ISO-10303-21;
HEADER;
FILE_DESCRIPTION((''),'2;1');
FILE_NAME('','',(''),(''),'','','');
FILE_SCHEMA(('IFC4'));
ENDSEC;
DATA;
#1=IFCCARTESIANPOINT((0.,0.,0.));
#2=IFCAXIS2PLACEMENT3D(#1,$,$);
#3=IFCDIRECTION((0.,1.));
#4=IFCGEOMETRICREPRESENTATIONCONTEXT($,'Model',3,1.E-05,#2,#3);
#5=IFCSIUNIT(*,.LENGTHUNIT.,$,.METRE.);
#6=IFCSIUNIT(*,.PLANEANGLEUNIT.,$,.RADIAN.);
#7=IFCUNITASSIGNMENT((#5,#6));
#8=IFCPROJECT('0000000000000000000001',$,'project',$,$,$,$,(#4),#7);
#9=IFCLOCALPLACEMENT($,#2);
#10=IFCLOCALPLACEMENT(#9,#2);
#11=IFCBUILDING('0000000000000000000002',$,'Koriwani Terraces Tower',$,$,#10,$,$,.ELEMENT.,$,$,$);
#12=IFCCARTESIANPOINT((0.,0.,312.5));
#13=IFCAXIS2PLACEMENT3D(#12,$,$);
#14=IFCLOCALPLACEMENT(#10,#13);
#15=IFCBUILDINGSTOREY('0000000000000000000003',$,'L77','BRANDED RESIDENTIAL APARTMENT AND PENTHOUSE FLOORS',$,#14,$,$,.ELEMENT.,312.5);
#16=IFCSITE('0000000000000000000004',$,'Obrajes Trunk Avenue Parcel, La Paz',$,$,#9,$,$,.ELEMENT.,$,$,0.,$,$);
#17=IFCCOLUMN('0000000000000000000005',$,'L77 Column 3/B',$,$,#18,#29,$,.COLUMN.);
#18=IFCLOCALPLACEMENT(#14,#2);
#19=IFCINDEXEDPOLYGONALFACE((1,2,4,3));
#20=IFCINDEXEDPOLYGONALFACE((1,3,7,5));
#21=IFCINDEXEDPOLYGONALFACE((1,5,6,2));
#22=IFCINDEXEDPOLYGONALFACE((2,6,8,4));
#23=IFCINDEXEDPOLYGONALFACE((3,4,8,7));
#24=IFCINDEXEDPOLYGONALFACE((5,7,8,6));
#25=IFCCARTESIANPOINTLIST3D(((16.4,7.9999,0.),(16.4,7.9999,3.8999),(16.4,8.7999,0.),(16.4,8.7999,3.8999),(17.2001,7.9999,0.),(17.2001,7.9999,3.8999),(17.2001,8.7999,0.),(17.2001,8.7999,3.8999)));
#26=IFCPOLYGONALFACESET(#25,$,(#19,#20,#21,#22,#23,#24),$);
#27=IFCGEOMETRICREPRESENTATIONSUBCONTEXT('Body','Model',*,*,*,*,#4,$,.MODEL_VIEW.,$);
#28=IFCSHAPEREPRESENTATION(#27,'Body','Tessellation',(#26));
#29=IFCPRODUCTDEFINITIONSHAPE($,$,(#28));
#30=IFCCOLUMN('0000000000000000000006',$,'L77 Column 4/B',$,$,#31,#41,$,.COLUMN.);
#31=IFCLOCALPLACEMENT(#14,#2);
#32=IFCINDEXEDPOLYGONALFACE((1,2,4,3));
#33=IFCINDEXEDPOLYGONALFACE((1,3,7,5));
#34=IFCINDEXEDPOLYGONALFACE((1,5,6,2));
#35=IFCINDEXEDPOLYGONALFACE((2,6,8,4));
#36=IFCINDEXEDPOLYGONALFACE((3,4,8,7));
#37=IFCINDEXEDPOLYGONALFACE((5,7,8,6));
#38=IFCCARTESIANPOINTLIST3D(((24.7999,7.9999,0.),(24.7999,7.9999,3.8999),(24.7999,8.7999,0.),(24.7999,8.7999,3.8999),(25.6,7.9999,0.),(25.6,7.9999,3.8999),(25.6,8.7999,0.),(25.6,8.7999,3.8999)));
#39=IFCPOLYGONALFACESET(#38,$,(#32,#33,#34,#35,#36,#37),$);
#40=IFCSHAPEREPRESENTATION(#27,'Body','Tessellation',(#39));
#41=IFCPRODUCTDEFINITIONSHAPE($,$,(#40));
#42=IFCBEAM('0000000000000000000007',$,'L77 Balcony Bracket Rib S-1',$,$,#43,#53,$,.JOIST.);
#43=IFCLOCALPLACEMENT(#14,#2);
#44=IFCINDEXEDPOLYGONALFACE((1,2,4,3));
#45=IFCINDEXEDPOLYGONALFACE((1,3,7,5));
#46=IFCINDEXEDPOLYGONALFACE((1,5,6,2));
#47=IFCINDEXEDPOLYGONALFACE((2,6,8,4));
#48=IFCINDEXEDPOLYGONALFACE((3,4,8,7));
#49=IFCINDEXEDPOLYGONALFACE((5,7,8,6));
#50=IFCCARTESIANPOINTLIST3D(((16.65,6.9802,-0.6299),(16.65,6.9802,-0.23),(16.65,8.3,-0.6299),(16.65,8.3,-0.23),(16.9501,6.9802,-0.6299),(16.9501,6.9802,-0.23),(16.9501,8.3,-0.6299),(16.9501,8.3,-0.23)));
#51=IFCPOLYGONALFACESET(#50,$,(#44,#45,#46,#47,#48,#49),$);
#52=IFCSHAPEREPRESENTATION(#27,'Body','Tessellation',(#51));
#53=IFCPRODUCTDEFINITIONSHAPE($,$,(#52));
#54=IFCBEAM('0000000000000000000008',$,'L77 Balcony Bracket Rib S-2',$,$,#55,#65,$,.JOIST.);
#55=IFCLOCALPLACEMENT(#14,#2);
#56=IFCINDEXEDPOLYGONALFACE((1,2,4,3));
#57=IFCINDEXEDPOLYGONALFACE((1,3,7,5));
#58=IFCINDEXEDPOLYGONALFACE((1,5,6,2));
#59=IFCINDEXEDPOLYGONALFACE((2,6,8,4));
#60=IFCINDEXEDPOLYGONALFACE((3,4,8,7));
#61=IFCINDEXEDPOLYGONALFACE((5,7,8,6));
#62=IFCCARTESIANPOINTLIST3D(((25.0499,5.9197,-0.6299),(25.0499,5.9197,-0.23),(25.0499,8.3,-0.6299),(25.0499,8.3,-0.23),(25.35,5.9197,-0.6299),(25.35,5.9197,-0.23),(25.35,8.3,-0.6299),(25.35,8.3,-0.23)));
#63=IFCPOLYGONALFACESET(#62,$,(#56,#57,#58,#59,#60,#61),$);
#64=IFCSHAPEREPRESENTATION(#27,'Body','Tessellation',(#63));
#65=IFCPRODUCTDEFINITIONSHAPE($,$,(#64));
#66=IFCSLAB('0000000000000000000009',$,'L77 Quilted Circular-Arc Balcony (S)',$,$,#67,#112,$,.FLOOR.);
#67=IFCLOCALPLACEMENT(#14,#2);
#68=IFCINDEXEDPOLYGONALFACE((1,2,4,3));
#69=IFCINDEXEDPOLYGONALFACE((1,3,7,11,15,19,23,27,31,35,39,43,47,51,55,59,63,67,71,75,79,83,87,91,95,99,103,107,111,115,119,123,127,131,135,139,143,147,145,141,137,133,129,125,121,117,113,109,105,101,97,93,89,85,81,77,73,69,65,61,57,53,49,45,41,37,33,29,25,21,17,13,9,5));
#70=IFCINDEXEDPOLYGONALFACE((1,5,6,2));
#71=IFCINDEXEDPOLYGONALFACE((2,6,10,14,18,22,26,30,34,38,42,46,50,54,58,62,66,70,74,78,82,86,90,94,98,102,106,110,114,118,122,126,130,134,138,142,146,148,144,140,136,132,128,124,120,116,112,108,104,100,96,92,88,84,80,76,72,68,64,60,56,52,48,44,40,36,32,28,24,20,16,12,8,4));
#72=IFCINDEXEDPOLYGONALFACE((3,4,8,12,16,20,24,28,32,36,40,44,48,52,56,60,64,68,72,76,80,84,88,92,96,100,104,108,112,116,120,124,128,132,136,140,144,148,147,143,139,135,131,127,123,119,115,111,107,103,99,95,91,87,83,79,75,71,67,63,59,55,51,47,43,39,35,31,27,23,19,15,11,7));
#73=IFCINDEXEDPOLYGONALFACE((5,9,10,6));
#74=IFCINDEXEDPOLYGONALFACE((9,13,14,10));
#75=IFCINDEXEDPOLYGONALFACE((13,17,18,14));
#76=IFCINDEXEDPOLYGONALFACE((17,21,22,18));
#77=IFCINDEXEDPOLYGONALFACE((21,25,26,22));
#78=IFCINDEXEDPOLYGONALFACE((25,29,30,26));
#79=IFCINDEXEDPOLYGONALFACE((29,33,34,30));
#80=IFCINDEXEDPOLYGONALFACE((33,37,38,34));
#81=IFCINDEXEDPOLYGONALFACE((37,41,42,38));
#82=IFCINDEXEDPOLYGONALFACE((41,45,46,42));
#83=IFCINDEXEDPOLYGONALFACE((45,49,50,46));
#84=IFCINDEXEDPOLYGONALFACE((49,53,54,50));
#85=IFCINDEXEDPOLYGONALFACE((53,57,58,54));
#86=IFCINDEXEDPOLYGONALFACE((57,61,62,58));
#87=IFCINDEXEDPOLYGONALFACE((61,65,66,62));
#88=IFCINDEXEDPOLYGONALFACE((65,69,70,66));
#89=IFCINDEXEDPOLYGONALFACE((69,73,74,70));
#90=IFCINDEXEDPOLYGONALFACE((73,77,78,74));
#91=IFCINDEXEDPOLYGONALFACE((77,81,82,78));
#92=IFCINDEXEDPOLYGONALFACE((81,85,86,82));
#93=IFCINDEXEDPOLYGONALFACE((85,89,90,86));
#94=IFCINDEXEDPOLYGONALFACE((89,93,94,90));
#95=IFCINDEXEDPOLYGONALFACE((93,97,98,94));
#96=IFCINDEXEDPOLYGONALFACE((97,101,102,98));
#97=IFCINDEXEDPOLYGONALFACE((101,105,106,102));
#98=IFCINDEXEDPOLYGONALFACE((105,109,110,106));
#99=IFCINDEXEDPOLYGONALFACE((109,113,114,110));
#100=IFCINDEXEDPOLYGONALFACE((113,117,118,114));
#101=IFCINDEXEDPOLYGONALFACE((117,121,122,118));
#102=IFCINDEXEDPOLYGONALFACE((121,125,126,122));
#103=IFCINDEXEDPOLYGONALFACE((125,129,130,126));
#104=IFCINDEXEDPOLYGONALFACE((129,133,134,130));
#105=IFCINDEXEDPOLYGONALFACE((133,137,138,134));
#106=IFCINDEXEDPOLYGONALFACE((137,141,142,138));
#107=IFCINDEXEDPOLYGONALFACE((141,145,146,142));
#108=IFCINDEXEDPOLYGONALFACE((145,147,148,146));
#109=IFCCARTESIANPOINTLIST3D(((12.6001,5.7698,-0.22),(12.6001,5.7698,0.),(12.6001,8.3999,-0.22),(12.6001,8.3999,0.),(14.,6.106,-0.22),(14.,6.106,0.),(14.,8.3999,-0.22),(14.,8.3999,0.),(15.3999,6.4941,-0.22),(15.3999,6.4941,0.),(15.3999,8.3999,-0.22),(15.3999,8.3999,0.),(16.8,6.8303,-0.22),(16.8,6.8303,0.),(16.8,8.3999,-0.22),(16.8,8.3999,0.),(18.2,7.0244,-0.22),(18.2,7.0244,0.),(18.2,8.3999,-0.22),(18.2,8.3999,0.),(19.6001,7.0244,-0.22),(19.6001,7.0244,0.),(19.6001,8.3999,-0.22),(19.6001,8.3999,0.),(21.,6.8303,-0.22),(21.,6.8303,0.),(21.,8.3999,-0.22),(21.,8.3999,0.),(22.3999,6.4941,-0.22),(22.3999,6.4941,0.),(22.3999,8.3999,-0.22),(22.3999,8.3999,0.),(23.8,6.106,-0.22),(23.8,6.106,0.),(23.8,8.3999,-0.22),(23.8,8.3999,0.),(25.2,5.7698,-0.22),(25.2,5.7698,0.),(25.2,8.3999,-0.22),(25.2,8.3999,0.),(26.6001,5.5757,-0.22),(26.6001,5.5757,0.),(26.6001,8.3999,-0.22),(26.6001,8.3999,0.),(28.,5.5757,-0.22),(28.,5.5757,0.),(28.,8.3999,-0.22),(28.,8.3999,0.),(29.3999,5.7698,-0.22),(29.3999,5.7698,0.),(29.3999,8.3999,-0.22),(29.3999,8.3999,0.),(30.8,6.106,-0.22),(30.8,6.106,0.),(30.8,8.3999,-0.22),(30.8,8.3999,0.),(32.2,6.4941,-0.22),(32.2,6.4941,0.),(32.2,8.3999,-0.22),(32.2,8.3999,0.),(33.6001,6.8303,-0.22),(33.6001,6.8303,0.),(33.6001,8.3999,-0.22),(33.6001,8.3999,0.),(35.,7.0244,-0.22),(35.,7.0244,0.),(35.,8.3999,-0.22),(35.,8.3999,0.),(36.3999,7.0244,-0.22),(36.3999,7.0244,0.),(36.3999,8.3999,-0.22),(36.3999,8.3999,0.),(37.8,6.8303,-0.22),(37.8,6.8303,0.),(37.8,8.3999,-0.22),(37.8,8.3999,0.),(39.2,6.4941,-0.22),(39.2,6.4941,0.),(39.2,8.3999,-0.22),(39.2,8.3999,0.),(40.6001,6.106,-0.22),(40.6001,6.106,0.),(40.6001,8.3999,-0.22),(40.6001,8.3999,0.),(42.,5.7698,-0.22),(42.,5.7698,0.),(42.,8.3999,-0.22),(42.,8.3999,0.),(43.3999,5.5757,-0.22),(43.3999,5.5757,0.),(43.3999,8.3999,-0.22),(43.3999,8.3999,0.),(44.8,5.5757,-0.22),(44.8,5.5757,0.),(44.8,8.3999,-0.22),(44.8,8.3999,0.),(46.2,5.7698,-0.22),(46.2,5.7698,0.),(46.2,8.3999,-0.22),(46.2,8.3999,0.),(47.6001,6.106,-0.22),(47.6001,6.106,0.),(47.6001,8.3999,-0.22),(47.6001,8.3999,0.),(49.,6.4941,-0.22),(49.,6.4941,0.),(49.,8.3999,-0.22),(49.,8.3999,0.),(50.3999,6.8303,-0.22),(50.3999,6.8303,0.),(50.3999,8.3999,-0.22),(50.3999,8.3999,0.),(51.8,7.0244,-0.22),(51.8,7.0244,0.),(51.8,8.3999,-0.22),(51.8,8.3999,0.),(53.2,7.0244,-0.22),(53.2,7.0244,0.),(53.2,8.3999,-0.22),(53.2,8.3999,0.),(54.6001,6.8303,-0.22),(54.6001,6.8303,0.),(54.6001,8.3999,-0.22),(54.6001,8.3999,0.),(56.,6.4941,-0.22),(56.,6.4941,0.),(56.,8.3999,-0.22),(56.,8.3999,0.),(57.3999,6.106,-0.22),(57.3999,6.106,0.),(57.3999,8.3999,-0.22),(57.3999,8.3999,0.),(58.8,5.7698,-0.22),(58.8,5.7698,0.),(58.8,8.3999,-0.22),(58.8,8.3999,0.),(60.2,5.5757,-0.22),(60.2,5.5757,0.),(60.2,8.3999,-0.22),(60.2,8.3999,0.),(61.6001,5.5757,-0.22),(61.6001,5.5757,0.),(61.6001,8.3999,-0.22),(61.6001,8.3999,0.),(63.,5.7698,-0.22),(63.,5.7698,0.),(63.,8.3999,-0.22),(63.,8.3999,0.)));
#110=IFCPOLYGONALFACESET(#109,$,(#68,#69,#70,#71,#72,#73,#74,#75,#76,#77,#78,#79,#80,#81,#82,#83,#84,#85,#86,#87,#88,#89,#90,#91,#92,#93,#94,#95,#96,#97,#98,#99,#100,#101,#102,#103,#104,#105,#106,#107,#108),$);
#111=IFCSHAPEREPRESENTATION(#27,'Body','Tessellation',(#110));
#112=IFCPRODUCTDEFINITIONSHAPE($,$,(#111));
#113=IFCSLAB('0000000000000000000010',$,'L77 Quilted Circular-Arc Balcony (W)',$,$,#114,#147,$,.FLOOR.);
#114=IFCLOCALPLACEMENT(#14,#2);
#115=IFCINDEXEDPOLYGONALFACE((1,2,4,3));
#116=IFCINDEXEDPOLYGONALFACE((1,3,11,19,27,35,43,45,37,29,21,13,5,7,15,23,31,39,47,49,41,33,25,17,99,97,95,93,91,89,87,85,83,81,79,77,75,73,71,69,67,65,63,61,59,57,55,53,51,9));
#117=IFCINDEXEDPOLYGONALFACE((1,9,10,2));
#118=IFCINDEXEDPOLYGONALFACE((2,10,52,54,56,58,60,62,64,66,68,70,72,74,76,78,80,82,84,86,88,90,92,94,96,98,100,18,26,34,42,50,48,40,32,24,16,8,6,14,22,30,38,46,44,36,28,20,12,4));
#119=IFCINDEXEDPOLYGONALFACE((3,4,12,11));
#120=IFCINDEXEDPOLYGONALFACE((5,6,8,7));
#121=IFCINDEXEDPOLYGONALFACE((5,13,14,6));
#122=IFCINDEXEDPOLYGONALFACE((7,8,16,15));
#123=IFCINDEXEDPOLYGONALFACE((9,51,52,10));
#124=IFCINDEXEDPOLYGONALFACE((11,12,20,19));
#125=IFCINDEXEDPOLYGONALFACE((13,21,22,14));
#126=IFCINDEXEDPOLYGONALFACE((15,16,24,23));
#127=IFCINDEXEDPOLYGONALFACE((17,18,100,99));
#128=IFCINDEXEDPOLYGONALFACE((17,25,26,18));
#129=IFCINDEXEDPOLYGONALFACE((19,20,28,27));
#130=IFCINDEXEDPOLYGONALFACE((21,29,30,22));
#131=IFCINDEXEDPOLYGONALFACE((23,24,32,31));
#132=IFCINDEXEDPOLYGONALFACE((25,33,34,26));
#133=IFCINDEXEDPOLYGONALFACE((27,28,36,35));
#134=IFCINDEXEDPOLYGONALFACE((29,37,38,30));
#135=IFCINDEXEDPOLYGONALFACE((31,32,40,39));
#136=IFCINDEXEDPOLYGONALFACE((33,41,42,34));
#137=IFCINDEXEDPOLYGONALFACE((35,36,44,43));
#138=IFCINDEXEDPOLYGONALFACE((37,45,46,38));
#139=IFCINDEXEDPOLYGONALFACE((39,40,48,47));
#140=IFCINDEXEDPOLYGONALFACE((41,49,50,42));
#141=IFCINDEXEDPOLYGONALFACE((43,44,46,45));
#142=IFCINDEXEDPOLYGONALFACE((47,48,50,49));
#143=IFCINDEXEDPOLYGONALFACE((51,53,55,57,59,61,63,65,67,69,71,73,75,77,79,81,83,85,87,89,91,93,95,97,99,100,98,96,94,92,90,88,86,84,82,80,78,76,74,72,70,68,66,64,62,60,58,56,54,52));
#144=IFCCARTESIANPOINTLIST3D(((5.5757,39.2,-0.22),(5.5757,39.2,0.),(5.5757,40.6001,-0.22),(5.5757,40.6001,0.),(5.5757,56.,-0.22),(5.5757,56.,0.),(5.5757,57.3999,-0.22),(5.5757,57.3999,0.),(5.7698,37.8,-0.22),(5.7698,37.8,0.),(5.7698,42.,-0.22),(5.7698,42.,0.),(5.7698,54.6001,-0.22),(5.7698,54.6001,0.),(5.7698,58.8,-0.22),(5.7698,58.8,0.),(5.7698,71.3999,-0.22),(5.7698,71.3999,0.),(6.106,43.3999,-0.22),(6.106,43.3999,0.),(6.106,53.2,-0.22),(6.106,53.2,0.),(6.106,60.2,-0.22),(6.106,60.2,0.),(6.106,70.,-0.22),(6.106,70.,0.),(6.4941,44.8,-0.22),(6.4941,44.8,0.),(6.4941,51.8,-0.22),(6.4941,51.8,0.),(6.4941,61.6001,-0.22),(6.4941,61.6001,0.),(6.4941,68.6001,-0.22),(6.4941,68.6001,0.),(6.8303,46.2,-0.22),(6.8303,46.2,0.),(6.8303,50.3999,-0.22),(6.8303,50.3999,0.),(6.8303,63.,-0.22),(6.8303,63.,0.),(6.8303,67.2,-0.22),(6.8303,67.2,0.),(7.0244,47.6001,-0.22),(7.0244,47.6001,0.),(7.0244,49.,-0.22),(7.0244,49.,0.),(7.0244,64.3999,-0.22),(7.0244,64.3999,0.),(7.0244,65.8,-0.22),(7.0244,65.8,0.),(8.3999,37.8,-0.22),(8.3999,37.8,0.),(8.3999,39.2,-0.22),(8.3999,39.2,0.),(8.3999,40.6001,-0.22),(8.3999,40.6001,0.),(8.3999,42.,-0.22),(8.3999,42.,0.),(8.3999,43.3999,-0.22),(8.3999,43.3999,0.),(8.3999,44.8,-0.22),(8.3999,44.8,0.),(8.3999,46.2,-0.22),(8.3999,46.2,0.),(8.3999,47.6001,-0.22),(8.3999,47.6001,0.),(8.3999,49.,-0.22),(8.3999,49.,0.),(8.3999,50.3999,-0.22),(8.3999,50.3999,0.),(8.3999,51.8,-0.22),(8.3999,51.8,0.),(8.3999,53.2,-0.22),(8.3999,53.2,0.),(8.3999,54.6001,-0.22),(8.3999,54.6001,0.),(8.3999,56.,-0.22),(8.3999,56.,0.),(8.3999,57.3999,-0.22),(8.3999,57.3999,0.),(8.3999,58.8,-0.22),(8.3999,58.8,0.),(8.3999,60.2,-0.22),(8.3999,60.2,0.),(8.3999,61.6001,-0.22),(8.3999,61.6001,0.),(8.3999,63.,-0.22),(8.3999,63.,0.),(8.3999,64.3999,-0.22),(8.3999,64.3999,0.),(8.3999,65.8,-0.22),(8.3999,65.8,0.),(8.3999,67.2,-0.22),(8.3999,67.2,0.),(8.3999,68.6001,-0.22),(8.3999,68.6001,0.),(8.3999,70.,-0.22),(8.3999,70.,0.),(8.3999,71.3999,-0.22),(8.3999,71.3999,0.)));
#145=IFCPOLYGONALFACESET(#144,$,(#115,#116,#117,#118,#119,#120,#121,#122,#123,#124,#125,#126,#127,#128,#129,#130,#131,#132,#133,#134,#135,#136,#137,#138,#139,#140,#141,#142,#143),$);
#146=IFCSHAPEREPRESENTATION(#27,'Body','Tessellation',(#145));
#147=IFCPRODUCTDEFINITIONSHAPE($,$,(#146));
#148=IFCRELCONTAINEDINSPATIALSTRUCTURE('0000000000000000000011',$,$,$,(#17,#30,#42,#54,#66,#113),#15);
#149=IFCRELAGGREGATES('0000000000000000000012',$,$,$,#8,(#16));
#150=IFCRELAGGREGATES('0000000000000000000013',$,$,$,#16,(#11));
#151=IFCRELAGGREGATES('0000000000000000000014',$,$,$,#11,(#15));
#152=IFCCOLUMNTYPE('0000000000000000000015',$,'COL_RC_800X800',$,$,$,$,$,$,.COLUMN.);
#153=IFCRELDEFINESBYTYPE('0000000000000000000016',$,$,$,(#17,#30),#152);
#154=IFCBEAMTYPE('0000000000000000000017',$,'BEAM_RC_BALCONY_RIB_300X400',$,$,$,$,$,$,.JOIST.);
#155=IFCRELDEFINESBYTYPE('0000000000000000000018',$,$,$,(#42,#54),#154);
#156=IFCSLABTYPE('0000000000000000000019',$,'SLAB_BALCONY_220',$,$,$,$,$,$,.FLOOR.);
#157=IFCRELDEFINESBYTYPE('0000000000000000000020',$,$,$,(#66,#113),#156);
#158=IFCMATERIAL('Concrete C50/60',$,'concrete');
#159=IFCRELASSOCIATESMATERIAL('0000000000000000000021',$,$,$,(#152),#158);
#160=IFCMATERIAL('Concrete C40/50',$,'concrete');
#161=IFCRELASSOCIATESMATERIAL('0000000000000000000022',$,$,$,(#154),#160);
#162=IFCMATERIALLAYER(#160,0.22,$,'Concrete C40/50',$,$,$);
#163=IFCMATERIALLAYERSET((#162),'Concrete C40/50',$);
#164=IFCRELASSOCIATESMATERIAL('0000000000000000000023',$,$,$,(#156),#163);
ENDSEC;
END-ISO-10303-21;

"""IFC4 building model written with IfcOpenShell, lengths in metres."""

from ifc_helpers import new_model, si_unit, direction, frame, origin, origin_2d, place, context, subcontext, project, spatial, polyline, rectangle, outline, extrude, material, layer, layer_set, material_profile, profile_set, type_object, element, save


model = new_model("IFC4")

# Units and contexts
model_context = context("Model", 3, precision=1e-05, world=origin(), true_north=direction((0.0, 1.0)))
body_context = subcontext(model_context, "Body", "Model", "MODEL_VIEW")
ifc_project = project(units=[si_unit("LENGTHUNIT", "METRE"), si_unit("PLANEANGLEUNIT", "RADIAN")], contexts=[model_context])

# Site, building, storey
site_placement = place(None, origin())
site = spatial("IfcSite", under=ifc_project, at=site_placement, Name="Obrajes Trunk Avenue Parcel, La Paz", CompositionType="ELEMENT", RefElevation=0.0)
building_placement = place(site_placement, origin())
building = spatial("IfcBuilding", under=site, at=building_placement, Name="Koriwani Terraces Tower", CompositionType="ELEMENT")
storey_placement = place(building_placement, frame((0.0, 0.0, 312.5)))
storey = spatial("IfcBuildingStorey", under=building, at=storey_placement, Name="L77", Description="BRANDED RESIDENTIAL APARTMENT AND PENTHOUSE FLOORS", CompositionType="ELEMENT", Elevation=312.5)

# Columns
ifc_material_1 = material(Name="Concrete C50/60", Category="concrete")
ifc_material_profile_1 = material_profile(ifc_material_1, rectangle(XDim=0.8, YDim=0.8, at=origin_2d()), Name="Concrete C50/60", Category="LoadBearing")
ifc_profile_set_1 = profile_set([ifc_material_profile_1], Name="Concrete C50/60")
column_type = type_object("IfcColumnType", Name="COL_RC_800X800", PredefinedType="COLUMN", material=ifc_profile_set_1)
for number, where, z_axis, x_axis, name in (
    (1, (16.8, 8.3999, 0.0), (0.0, 0.0, 1.0), (1.0, 0.0, 0.0), "L77 Column 3/B"),
    (2, (25.2, 8.3999, 0.0), (0.0, 0.0, 1.0), (1.0, 0.0, 0.0), "L77 Column 4/B"),
):
    element("IfcColumn", number, at=place(storey_placement, frame(where, z_axis=z_axis, x_axis=x_axis)), inside=storey, type_object=column_type, Name=name, PredefinedType="COLUMN", context=body_context, shape_type="SweptSolid", body=[
        extrude(rectangle(XDim=0.8, YDim=0.8, at=origin_2d()), origin(), (0.0, 0.0, 1.0), 3.8999),
    ])

# Beams
ifc_material_2 = material(Name="Concrete C40/50", Category="concrete")
ifc_material_profile_2 = material_profile(ifc_material_2, rectangle(XDim=0.3, YDim=0.3999, at=origin_2d()), Name="Concrete C40/50", Category="LoadBearing")
ifc_profile_set_2 = profile_set([ifc_material_profile_2], Name="Concrete C40/50")
beam_type = type_object("IfcBeamType", Name="BEAM_RC_BALCONY_RIB_300X400", PredefinedType="JOIST", material=ifc_profile_set_2)
beam_1_placement = place(storey_placement, frame((16.8, 6.9802, -0.4299), z_axis=(0.0, 1.0, 0.0), x_axis=(-1.0, 0.0, 0.0)))
element("IfcBeam", 3, at=beam_1_placement, inside=storey, type_object=beam_type, Name="L77 Balcony Bracket Rib S-1", PredefinedType="JOIST", context=body_context, shape_type="SweptSolid", body=[
    extrude(rectangle(XDim=0.3, YDim=0.3999, at=origin_2d()), origin(), (0.0, 0.0, 1.0), 1.3198),
])
beam_2_placement = place(storey_placement, frame((25.2, 5.9197, -0.4299), z_axis=(0.0, 1.0, 0.0), x_axis=(-1.0, 0.0, 0.0)))
element("IfcBeam", 4, at=beam_2_placement, inside=storey, type_object=beam_type, Name="L77 Balcony Bracket Rib S-2", PredefinedType="JOIST", context=body_context, shape_type="SweptSolid", body=[
    extrude(rectangle(XDim=0.3, YDim=0.3999, at=origin_2d()), origin(), (0.0, 0.0, 1.0), 2.3804),
])

# Slabs
ifc_layer_1 = layer(ifc_material_2, 0.22, Name="Concrete C40/50")
ifc_layer_set_1 = layer_set([ifc_layer_1], Name="Concrete C40/50")
slab_type_1 = type_object("IfcSlabType", Name="SLAB_BALCONY_220", PredefinedType="FLOOR", material=ifc_layer_set_1)
slab_1_placement = place(storey_placement, frame((0.0, 0.0, -0.22)))
element("IfcSlab", 5, at=slab_1_placement, inside=storey, type_object=slab_type_1, Name="L77 Quilted Circular-Arc Balcony (S)", PredefinedType="FLOOR", context=body_context, shape_type="SweptSolid", body=[
    extrude(outline(polyline([(12.6001, 8.3999), (14.0, 8.3999), (15.3999, 8.3999), (16.8, 8.3999), (18.2, 8.3999), (19.6001, 8.3999), (21.0, 8.3999), (22.3999, 8.3999), (23.8, 8.3999), (25.2, 8.3999), (26.6001, 8.3999), (28.0, 8.3999), (29.3999, 8.3999), (30.8, 8.3999), (32.2, 8.3999), (33.6001, 8.3999), (35.0, 8.3999), (36.3999, 8.3999), (37.8, 8.3999), (39.2, 8.3999), (40.6001, 8.3999), (42.0, 8.3999), (43.3999, 8.3999), (44.8, 8.3999), (46.2, 8.3999), (47.6001, 8.3999), (49.0, 8.3999), (50.3999, 8.3999), (51.8, 8.3999), (53.2, 8.3999), (54.6001, 8.3999), (56.0, 8.3999), (57.3999, 8.3999), (58.8, 8.3999), (60.2, 8.3999), (61.6001, 8.3999), (63.0, 8.3999), (63.0, 5.7698), (61.6001, 5.5757), (60.2, 5.5757), (58.8, 5.7698), (57.3999, 6.106), (56.0, 6.4941), (54.6001, 6.8303), (53.2, 7.0244), (51.8, 7.0244), (50.3999, 6.8303), (49.0, 6.4941), (47.6001, 6.106), (46.2, 5.7698), (44.8, 5.5757), (43.3999, 5.5757), (42.0, 5.7698), (40.6001, 6.106), (39.2, 6.4941), (37.8, 6.8303), (36.3999, 7.0244), (35.0, 7.0244), (33.6001, 6.8303), (32.2, 6.4941), (30.8, 6.106), (29.3999, 5.7698), (28.0, 5.5757), (26.6001, 5.5757), (25.2, 5.7698), (23.8, 6.106), (22.3999, 6.4941), (21.0, 6.8303), (19.6001, 7.0244), (18.2, 7.0244), (16.8, 6.8303), (15.3999, 6.4941), (14.0, 6.106), (12.6001, 5.7698), (12.6001, 8.3999)])), origin(), (0.0, 0.0, 1.0), 0.22),
])
slab_2_placement = place(storey_placement, frame((0.0, 0.0, -0.22)))
element("IfcSlab", 6, at=slab_2_placement, inside=storey, type_object=slab_type_1, Name="L77 Quilted Circular-Arc Balcony (W)", PredefinedType="FLOOR", context=body_context, shape_type="SweptSolid", body=[
    extrude(outline(polyline([(8.3999, 37.8), (8.3999, 39.2), (8.3999, 40.6001), (8.3999, 42.0), (8.3999, 43.3999), (8.3999, 44.8), (8.3999, 46.2), (8.3999, 47.6001), (8.3999, 49.0), (8.3999, 50.3999), (8.3999, 51.8), (8.3999, 53.2), (8.3999, 54.6001), (8.3999, 56.0), (8.3999, 57.3999), (8.3999, 58.8), (8.3999, 60.2), (8.3999, 61.6001), (8.3999, 63.0), (8.3999, 64.3999), (8.3999, 65.8), (8.3999, 67.2), (8.3999, 68.6001), (8.3999, 70.0), (8.3999, 71.3999), (5.7698, 71.3999), (6.106, 70.0), (6.4941, 68.6001), (6.8303, 67.2), (7.0244, 65.8), (7.0244, 64.3999), (6.8303, 63.0), (6.4941, 61.6001), (6.106, 60.2), (5.7698, 58.8), (5.5757, 57.3999), (5.5757, 56.0), (5.7698, 54.6001), (6.106, 53.2), (6.4941, 51.8), (6.8303, 50.3999), (7.0244, 49.0), (7.0244, 47.6001), (6.8303, 46.2), (6.4941, 44.8), (6.106, 43.3999), (5.7698, 42.0), (5.5757, 40.6001), (5.5757, 39.2), (5.7698, 37.8), (8.3999, 37.8)])), origin(), (0.0, 0.0, 1.0), 0.22),
])

save(model, "model.ifc")
